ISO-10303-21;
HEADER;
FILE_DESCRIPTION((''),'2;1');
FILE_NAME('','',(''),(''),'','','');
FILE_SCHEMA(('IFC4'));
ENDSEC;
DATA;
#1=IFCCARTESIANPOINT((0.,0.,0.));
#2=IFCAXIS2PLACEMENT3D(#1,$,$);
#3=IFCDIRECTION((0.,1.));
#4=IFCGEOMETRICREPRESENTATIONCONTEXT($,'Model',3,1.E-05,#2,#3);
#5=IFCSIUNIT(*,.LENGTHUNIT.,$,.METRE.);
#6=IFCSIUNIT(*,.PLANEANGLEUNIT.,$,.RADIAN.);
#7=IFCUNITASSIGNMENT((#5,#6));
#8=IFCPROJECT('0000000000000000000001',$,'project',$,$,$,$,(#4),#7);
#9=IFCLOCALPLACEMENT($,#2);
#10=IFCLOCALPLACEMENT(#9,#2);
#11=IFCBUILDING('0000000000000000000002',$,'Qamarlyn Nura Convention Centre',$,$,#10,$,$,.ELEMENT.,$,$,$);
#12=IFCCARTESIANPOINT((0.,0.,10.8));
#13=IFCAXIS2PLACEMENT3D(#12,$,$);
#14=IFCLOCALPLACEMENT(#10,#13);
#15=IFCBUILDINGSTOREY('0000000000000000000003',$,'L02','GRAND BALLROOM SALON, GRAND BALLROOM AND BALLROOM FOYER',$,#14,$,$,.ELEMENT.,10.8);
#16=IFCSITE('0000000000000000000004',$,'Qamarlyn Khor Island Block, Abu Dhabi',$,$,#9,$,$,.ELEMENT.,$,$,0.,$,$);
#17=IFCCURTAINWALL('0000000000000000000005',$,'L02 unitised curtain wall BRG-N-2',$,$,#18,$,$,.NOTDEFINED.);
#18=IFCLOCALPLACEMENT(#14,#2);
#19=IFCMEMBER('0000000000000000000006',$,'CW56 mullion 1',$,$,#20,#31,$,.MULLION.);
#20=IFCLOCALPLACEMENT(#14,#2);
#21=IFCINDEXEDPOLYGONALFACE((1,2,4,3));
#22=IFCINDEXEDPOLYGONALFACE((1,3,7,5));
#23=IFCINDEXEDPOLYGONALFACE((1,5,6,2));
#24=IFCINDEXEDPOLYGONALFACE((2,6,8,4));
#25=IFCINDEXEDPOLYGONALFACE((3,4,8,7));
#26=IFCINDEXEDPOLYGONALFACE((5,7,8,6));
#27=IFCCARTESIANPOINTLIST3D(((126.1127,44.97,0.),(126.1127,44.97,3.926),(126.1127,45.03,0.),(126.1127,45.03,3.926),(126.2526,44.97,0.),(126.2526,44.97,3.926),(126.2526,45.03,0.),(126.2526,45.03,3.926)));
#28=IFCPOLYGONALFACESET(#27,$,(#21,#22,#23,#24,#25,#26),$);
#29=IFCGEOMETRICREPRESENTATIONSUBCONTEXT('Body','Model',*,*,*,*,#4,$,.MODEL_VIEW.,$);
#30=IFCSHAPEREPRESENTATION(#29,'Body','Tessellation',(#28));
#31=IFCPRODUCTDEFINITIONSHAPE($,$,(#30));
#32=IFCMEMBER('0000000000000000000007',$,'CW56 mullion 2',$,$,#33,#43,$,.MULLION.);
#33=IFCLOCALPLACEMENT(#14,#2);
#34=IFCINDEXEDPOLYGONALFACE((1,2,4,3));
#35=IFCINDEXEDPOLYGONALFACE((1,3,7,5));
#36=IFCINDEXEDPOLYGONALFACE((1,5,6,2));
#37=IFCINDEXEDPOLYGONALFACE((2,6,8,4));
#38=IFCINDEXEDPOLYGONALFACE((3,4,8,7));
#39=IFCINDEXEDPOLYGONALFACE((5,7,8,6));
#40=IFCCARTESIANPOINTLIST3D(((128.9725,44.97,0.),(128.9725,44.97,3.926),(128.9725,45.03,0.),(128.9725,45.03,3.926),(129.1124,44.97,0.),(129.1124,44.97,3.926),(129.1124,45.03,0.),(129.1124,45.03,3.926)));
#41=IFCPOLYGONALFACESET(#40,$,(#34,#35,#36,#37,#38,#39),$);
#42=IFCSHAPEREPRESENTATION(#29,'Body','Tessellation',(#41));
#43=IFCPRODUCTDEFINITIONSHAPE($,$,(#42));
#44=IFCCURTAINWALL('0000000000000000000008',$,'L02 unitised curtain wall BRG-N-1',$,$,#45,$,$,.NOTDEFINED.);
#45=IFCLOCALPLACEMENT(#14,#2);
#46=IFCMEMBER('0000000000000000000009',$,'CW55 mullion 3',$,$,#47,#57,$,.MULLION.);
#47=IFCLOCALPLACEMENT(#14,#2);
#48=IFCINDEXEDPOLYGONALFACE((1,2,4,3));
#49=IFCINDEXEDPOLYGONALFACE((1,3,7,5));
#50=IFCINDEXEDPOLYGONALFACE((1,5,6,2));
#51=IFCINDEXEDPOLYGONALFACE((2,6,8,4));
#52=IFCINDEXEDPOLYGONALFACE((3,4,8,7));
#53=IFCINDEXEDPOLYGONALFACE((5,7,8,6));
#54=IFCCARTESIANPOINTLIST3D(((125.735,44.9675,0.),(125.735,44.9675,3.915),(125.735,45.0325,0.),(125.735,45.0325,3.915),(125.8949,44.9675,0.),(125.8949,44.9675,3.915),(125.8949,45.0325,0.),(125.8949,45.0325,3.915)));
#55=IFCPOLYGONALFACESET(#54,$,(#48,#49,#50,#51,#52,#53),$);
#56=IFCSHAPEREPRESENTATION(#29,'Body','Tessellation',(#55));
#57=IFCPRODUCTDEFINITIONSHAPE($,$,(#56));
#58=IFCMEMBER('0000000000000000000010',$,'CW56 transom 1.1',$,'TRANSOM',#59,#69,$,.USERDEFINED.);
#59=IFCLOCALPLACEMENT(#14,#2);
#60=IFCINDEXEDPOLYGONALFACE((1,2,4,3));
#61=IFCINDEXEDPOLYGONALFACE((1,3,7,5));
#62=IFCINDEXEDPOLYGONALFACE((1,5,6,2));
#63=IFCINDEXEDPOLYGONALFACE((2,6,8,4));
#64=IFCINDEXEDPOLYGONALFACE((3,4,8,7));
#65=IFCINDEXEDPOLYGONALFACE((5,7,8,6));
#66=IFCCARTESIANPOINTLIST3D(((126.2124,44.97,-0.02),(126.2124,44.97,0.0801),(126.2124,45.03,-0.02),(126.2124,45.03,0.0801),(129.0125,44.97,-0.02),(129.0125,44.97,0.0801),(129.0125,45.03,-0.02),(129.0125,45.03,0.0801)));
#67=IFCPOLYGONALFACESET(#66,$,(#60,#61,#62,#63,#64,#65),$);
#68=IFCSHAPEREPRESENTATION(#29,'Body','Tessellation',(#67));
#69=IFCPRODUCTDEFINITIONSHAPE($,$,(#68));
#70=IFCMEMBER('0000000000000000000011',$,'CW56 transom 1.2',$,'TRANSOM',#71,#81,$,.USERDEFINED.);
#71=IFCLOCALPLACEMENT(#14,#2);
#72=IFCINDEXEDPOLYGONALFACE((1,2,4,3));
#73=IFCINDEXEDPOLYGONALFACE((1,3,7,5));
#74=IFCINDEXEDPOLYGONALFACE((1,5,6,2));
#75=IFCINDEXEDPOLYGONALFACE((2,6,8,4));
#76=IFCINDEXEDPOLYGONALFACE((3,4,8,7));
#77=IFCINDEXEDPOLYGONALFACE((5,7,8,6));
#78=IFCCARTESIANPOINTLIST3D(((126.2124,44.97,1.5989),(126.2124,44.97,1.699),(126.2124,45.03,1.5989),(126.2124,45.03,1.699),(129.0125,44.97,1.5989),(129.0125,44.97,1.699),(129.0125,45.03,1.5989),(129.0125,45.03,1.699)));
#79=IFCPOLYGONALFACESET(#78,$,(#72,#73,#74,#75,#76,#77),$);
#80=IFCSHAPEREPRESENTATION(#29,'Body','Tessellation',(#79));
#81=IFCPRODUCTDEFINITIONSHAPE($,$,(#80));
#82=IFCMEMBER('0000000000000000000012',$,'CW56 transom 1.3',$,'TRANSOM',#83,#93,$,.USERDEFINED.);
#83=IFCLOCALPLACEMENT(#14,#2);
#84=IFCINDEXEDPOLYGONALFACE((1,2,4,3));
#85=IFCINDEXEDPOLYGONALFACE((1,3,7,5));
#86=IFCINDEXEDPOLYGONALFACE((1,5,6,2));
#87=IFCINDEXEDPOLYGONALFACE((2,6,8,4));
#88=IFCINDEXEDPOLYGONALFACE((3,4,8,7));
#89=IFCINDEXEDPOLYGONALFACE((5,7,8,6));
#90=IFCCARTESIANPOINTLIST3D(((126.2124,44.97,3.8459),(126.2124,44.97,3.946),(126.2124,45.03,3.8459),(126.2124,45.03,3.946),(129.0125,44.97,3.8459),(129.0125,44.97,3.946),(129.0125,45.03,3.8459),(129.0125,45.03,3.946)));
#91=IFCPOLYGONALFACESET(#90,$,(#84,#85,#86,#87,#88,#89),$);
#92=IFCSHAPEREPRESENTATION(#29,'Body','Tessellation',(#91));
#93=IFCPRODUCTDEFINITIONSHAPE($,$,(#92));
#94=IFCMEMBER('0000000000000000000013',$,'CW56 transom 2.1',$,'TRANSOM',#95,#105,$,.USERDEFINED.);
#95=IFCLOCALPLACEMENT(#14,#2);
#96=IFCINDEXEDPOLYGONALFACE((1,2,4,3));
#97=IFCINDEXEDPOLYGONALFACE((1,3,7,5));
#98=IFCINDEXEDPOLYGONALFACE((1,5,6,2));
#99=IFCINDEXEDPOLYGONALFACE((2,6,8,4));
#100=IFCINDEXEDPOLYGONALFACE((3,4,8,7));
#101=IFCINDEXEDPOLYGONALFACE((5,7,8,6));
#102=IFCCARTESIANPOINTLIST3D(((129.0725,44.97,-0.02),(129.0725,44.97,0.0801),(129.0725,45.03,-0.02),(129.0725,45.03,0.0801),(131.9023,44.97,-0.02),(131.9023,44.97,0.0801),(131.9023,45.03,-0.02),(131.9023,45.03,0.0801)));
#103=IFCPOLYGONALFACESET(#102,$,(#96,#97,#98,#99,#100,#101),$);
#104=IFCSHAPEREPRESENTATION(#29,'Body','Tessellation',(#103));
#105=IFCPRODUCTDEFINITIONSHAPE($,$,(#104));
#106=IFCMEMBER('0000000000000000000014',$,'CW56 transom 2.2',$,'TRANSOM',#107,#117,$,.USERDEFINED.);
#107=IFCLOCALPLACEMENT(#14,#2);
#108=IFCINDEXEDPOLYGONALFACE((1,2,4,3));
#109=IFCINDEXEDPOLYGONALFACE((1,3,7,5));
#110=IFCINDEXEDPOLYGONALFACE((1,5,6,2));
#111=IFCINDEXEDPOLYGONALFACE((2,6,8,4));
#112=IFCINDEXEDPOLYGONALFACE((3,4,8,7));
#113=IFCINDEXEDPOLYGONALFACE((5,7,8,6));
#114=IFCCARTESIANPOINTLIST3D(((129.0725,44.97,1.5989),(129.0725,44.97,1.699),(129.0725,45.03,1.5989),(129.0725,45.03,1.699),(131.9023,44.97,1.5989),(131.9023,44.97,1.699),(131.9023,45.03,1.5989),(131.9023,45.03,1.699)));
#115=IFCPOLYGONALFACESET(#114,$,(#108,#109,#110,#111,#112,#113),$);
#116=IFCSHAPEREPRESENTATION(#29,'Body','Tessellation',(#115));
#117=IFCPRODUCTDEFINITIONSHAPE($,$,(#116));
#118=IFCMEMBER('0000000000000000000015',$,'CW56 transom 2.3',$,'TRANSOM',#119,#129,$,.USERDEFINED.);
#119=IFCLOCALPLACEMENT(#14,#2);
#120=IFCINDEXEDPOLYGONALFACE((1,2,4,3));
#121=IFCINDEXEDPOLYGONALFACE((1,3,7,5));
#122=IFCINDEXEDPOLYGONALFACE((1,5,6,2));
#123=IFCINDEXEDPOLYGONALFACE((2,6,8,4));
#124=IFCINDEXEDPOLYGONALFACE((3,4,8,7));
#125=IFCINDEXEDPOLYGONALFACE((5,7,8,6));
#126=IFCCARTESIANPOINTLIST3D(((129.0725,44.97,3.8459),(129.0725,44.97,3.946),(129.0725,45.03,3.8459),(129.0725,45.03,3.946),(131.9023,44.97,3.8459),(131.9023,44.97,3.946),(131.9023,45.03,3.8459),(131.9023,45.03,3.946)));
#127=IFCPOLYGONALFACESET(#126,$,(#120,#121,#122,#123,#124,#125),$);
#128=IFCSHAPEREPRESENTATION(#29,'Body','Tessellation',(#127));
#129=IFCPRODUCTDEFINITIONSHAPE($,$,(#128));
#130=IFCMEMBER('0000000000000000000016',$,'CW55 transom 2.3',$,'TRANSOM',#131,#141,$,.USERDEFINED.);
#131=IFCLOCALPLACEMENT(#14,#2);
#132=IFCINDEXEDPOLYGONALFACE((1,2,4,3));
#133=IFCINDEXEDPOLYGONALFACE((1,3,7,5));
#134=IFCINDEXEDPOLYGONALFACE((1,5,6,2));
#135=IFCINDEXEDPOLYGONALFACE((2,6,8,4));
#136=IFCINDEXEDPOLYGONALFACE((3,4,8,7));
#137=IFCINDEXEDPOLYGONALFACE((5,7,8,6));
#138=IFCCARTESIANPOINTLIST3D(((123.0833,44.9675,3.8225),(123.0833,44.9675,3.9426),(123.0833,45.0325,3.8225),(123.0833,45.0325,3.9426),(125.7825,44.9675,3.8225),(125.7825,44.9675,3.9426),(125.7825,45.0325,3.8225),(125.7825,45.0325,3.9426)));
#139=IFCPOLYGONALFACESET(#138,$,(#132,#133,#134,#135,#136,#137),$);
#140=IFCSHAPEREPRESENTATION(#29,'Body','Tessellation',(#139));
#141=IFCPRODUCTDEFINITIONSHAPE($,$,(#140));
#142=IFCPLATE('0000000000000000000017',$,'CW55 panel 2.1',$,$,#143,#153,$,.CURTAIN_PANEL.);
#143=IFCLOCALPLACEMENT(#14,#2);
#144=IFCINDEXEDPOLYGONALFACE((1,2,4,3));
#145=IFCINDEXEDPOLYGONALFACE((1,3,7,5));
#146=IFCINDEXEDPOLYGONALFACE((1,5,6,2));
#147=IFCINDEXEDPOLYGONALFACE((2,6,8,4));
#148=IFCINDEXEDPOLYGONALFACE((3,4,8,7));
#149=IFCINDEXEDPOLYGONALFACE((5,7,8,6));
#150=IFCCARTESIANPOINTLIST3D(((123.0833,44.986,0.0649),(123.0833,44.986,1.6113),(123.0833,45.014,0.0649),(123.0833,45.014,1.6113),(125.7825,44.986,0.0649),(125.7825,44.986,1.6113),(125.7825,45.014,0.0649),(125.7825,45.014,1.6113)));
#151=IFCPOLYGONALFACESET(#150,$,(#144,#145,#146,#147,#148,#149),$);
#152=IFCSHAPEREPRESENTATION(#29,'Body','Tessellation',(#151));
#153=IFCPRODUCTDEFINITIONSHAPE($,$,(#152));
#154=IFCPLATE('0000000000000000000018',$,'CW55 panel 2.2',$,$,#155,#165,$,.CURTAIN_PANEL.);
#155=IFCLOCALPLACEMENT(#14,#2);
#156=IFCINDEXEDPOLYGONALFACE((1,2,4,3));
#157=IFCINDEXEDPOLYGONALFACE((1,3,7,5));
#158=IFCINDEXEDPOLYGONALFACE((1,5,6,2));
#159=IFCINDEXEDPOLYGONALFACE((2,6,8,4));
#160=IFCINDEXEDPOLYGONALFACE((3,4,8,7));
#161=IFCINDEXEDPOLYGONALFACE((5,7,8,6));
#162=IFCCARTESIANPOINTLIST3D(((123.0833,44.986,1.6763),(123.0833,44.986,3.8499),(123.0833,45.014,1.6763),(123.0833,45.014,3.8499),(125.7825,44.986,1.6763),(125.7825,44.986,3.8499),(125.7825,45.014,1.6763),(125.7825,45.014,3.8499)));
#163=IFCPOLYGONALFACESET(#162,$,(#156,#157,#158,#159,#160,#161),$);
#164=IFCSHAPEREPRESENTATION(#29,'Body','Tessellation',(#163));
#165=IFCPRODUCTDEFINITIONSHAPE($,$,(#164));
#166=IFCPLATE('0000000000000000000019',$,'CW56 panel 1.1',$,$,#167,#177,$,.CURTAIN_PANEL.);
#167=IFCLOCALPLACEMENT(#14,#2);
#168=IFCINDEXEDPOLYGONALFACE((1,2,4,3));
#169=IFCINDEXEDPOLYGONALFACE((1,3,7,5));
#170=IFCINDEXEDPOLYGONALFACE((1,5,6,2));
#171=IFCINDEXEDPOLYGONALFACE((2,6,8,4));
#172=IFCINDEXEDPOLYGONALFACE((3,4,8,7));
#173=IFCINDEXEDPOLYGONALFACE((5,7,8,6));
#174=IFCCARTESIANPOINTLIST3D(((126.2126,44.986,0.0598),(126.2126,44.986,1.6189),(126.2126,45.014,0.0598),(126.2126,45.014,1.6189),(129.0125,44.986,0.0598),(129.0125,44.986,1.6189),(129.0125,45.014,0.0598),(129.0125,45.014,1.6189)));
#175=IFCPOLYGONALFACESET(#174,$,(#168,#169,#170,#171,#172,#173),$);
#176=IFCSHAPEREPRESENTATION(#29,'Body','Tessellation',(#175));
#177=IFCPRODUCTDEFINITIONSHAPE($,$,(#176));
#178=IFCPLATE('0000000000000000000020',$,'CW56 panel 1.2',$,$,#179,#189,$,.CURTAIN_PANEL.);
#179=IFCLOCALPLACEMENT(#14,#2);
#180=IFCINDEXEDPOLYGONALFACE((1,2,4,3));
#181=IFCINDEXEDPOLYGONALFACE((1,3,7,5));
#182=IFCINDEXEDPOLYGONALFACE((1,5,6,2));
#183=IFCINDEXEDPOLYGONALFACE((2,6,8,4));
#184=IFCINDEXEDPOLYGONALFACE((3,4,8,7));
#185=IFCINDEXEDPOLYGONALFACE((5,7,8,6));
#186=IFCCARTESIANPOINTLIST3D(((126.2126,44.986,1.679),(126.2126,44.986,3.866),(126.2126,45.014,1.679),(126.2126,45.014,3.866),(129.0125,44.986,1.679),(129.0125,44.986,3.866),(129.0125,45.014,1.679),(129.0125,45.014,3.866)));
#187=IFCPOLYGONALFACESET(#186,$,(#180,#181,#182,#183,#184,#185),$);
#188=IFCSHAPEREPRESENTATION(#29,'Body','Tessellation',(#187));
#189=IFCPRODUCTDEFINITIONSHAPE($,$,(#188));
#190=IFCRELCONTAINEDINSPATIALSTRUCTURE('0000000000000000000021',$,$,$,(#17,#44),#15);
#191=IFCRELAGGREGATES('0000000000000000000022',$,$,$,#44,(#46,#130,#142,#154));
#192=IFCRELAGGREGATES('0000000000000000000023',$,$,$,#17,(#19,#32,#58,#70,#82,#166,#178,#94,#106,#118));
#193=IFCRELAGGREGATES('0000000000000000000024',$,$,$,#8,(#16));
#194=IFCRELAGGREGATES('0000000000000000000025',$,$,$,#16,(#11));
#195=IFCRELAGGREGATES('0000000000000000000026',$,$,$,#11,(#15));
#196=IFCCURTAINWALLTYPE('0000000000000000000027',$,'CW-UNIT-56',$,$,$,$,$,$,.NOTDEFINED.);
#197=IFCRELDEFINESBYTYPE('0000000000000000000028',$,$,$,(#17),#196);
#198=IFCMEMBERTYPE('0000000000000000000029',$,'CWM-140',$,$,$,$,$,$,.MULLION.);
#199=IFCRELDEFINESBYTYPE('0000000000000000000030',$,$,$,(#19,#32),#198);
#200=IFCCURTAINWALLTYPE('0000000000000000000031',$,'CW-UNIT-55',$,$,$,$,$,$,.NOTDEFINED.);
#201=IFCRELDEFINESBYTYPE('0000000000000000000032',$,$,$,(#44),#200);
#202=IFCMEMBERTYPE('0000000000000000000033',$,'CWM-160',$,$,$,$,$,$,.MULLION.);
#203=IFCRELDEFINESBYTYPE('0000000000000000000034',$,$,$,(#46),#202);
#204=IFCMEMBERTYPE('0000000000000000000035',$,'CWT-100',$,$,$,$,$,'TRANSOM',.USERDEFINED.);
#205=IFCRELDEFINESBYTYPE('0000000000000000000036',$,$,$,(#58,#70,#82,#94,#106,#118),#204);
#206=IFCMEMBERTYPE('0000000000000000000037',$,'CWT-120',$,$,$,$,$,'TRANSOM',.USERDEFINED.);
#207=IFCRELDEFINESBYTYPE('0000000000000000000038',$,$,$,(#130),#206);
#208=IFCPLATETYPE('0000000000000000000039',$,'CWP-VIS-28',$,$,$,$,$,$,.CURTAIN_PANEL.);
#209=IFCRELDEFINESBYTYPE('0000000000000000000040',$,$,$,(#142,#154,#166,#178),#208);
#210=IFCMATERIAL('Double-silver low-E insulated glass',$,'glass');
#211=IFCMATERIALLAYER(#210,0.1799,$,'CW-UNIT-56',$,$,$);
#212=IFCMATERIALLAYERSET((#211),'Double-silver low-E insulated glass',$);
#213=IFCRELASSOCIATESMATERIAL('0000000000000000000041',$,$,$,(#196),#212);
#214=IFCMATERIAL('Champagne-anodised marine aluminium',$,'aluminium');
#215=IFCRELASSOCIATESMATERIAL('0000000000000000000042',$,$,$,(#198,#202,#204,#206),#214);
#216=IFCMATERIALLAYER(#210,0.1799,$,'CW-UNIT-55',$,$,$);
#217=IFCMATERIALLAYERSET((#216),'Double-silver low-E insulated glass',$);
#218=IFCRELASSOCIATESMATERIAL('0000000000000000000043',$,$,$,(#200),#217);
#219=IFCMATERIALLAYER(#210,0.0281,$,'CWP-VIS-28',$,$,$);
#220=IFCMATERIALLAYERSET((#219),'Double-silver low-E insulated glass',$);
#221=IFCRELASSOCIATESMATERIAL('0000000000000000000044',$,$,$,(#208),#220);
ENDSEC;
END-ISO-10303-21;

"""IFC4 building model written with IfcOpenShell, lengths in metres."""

from ifc_helpers import new_model, si_unit, direction, frame, origin, origin_2d, place, context, subcontext, project, spatial, rectangle, extrude, material, layer, layer_set, material_profile, profile_set, type_object, element, aggregate, save


model = new_model("IFC4")

# Units and contexts
model_context = context("Model", 3, precision=1e-05, world=origin(), true_north=direction((0.0, 1.0)))
body_context = subcontext(model_context, "Body", "Model", "MODEL_VIEW")
ifc_project = project(units=[si_unit("LENGTHUNIT", "METRE"), si_unit("PLANEANGLEUNIT", "RADIAN")], contexts=[model_context])

# Site, building, storey
site_placement = place(None, origin())
site = spatial("IfcSite", under=ifc_project, at=site_placement, Name="Qamarlyn Khor Island Block, Abu Dhabi", CompositionType="ELEMENT", RefElevation=0.0)
building_placement = place(site_placement, origin())
building = spatial("IfcBuilding", under=site, at=building_placement, Name="Qamarlyn Nura Convention Centre", CompositionType="ELEMENT")
storey_placement = place(building_placement, frame((0.0, 0.0, 10.8)))
storey = spatial("IfcBuildingStorey", under=building, at=storey_placement, Name="L02", Description="GRAND BALLROOM SALON, GRAND BALLROOM AND BALLROOM FOYER", CompositionType="ELEMENT", Elevation=10.8)

# Curtain wall, members
ifc_material_1 = material(Name="Double-silver low-E insulated glass", Category="glass")
ifc_layer_1 = layer(ifc_material_1, 0.1799, Name="CW-UNIT-56")
ifc_layer_set_1 = layer_set([ifc_layer_1], Name="Double-silver low-E insulated glass")
curtain_wall_type_1 = type_object("IfcCurtainWallType", Name="CW-UNIT-56", PredefinedType="NOTDEFINED", material=ifc_layer_set_1)
curtain_wall_1_placement = place(storey_placement, origin())
curtain_wall_1 = element("IfcCurtainWall", 1, at=curtain_wall_1_placement, inside=storey, type_object=curtain_wall_type_1, Name="L02 unitised curtain wall BRG-N-2", PredefinedType="NOTDEFINED")
ifc_material_2 = material(Name="Champagne-anodised marine aluminium", Category="aluminium")
ifc_material_profile_1 = material_profile(ifc_material_2, rectangle(XDim=0.0601, YDim=0.1399, at=origin_2d()), Name="ALU MULLION 60x140")
ifc_profile_set_1 = profile_set([ifc_material_profile_1], Name="Champagne-anodised marine aluminium")
member_type_1 = type_object("IfcMemberType", Name="CWM-140", PredefinedType="MULLION", material=ifc_profile_set_1)
member_1_placement = place(storey_placement, frame((126.1826, 45.0, 0.0), z_axis=(0.0, 0.0, 1.0), x_axis=(0.0, 1.0, 0.0)))
member_1 = element("IfcMember", 2, at=member_1_placement, type_object=member_type_1, Name="CW56 mullion 1", PredefinedType="MULLION", context=body_context, shape_type="SweptSolid", body=[
    extrude(rectangle(XDim=0.0601, YDim=0.1399, at=origin_2d()), origin(), (0.0, 0.0, 1.0), 3.926),
])
member_2_placement = place(storey_placement, frame((129.0425, 45.0, 0.0), z_axis=(0.0, 0.0, 1.0), x_axis=(0.0, 1.0, 0.0)))
member_2 = element("IfcMember", 3, at=member_2_placement, type_object=member_type_1, Name="CW56 mullion 2", PredefinedType="MULLION", context=body_context, shape_type="SweptSolid", body=[
    extrude(rectangle(XDim=0.0601, YDim=0.1399, at=origin_2d()), origin(), (0.0, 0.0, 1.0), 3.926),
])

# Curtain wall, member
ifc_layer_2 = layer(ifc_material_1, 0.1799, Name="CW-UNIT-55")
ifc_layer_set_2 = layer_set([ifc_layer_2], Name="Double-silver low-E insulated glass")
curtain_wall_type_2 = type_object("IfcCurtainWallType", Name="CW-UNIT-55", PredefinedType="NOTDEFINED", material=ifc_layer_set_2)
curtain_wall_2_placement = place(storey_placement, origin())
curtain_wall_2 = element("IfcCurtainWall", 4, at=curtain_wall_2_placement, inside=storey, type_object=curtain_wall_type_2, Name="L02 unitised curtain wall BRG-N-1", PredefinedType="NOTDEFINED")
ifc_material_profile_2 = material_profile(ifc_material_2, rectangle(XDim=0.0649, YDim=0.1599, at=origin_2d()), Name="ALU MULLION 65x160")
ifc_profile_set_2 = profile_set([ifc_material_profile_2], Name="Champagne-anodised marine aluminium")
member_type_2 = type_object("IfcMemberType", Name="CWM-160", PredefinedType="MULLION", material=ifc_profile_set_2)
member_3_placement = place(storey_placement, frame((125.8149, 45.0, 0.0), z_axis=(0.0, 0.0, 1.0), x_axis=(0.0, 1.0, 0.0)))
member_3 = element("IfcMember", 5, at=member_3_placement, type_object=member_type_2, Name="CW55 mullion 3", PredefinedType="MULLION", context=body_context, shape_type="SweptSolid", body=[
    extrude(rectangle(XDim=0.0649, YDim=0.1599, at=origin_2d()), origin(), (0.0, 0.0, 1.0), 3.915),
])

# Members
ifc_material_profile_3 = material_profile(ifc_material_2, rectangle(XDim=0.0601, YDim=0.1001, at=origin_2d()), Name="ALU TRANSOM 60x100")
ifc_profile_set_3 = profile_set([ifc_material_profile_3], Name="Champagne-anodised marine aluminium")
member_type_3 = type_object("IfcMemberType", Name="CWT-100", ElementType="TRANSOM", PredefinedType="USERDEFINED", material=ifc_profile_set_3)
member_4_placement = place(storey_placement, frame((126.2124, 45.0, 0.03), z_axis=(1.0, 0.0, 0.0), x_axis=(0.0, 1.0, 0.0)))
member_4 = element("IfcMember", 6, at=member_4_placement, type_object=member_type_3, Name="CW56 transom 1.1", ObjectType="TRANSOM", PredefinedType="USERDEFINED", context=body_context, shape_type="SweptSolid", body=[
    extrude(rectangle(XDim=0.0601, YDim=0.1001, at=origin_2d()), origin(), (0.0, 0.0, 1.0), 2.8),
])
member_5_placement = place(storey_placement, frame((126.2124, 45.0, 1.6489), z_axis=(1.0, 0.0, 0.0), x_axis=(0.0, 1.0, 0.0)))
member_5 = element("IfcMember", 7, at=member_5_placement, type_object=member_type_3, Name="CW56 transom 1.2", ObjectType="TRANSOM", PredefinedType="USERDEFINED", context=body_context, shape_type="SweptSolid", body=[
    extrude(rectangle(XDim=0.0601, YDim=0.1001, at=origin_2d()), origin(), (0.0, 0.0, 1.0), 2.8),
])
member_6_placement = place(storey_placement, frame((126.2124, 45.0, 3.896), z_axis=(1.0, 0.0, 0.0), x_axis=(0.0, 1.0, 0.0)))
member_6 = element("IfcMember", 8, at=member_6_placement, type_object=member_type_3, Name="CW56 transom 1.3", ObjectType="TRANSOM", PredefinedType="USERDEFINED", context=body_context, shape_type="SweptSolid", body=[
    extrude(rectangle(XDim=0.0601, YDim=0.1001, at=origin_2d()), origin(), (0.0, 0.0, 1.0), 2.8),
])
member_7_placement = place(storey_placement, frame((129.0725, 45.0, 0.03), z_axis=(1.0, 0.0, 0.0), x_axis=(0.0, 1.0, 0.0)))
member_7 = element("IfcMember", 9, at=member_7_placement, type_object=member_type_3, Name="CW56 transom 2.1", ObjectType="TRANSOM", PredefinedType="USERDEFINED", context=body_context, shape_type="SweptSolid", body=[
    extrude(rectangle(XDim=0.0601, YDim=0.1001, at=origin_2d()), origin(), (0.0, 0.0, 1.0), 2.8298),
])
member_8_placement = place(storey_placement, frame((129.0725, 45.0, 1.6489), z_axis=(1.0, 0.0, 0.0), x_axis=(0.0, 1.0, 0.0)))
member_8 = element("IfcMember", 10, at=member_8_placement, type_object=member_type_3, Name="CW56 transom 2.2", ObjectType="TRANSOM", PredefinedType="USERDEFINED", context=body_context, shape_type="SweptSolid", body=[
    extrude(rectangle(XDim=0.0601, YDim=0.1001, at=origin_2d()), origin(), (0.0, 0.0, 1.0), 2.8298),
])
member_9_placement = place(storey_placement, frame((129.0725, 45.0, 3.896), z_axis=(1.0, 0.0, 0.0), x_axis=(0.0, 1.0, 0.0)))
member_9 = element("IfcMember", 11, at=member_9_placement, type_object=member_type_3, Name="CW56 transom 2.3", ObjectType="TRANSOM", PredefinedType="USERDEFINED", context=body_context, shape_type="SweptSolid", body=[
    extrude(rectangle(XDim=0.0601, YDim=0.1001, at=origin_2d()), origin(), (0.0, 0.0, 1.0), 2.8298),
])
ifc_material_profile_4 = material_profile(ifc_material_2, rectangle(XDim=0.0649, YDim=0.1201, at=origin_2d()), Name="ALU TRANSOM 65x120")
ifc_profile_set_4 = profile_set([ifc_material_profile_4], Name="Champagne-anodised marine aluminium")
member_type_4 = type_object("IfcMemberType", Name="CWT-120", ElementType="TRANSOM", PredefinedType="USERDEFINED", material=ifc_profile_set_4)
member_10_placement = place(storey_placement, frame((123.0833, 45.0, 3.8826), z_axis=(1.0, 0.0, 0.0), x_axis=(0.0, 1.0, 0.0)))
member_10 = element("IfcMember", 12, at=member_10_placement, type_object=member_type_4, Name="CW55 transom 2.3", ObjectType="TRANSOM", PredefinedType="USERDEFINED", context=body_context, shape_type="SweptSolid", body=[
    extrude(rectangle(XDim=0.0649, YDim=0.1201, at=origin_2d()), origin(), (0.0, 0.0, 1.0), 2.6992),
])

# Plates
ifc_layer_3 = layer(ifc_material_1, 0.0281, Name="CWP-VIS-28")
ifc_layer_set_3 = layer_set([ifc_layer_3], Name="Double-silver low-E insulated glass")
plate_type = type_object("IfcPlateType", Name="CWP-VIS-28", PredefinedType="CURTAIN_PANEL", material=ifc_layer_set_3)
plate_1_placement = place(storey_placement, frame((124.4329, 45.0, 0.0649), z_axis=(0.0, 0.0, 1.0), x_axis=(1.0, 0.0, 0.0)))
plate_1 = element("IfcPlate", 13, at=plate_1_placement, type_object=plate_type, Name="CW55 panel 2.1", PredefinedType="CURTAIN_PANEL", context=body_context, shape_type="SweptSolid", body=[
    extrude(rectangle(XDim=2.6992, YDim=0.0281, at=origin_2d()), origin(), (0.0, 0.0, 1.0), 1.5464),
])
plate_2_placement = place(storey_placement, frame((124.4329, 45.0, 1.6763), z_axis=(0.0, 0.0, 1.0), x_axis=(1.0, 0.0, 0.0)))
plate_2 = element("IfcPlate", 14, at=plate_2_placement, type_object=plate_type, Name="CW55 panel 2.2", PredefinedType="CURTAIN_PANEL", context=body_context, shape_type="SweptSolid", body=[
    extrude(rectangle(XDim=2.6992, YDim=0.0281, at=origin_2d()), origin(), (0.0, 0.0, 1.0), 2.1736),
])
aggregate(curtain_wall_2, [member_3, member_10, plate_1, plate_2])
plate_3_placement = place(storey_placement, frame((127.6125, 45.0, 0.0598), z_axis=(0.0, 0.0, 1.0), x_axis=(1.0, 0.0, 0.0)))
plate_3 = element("IfcPlate", 15, at=plate_3_placement, type_object=plate_type, Name="CW56 panel 1.1", PredefinedType="CURTAIN_PANEL", context=body_context, shape_type="SweptSolid", body=[
    extrude(rectangle(XDim=2.7998, YDim=0.0281, at=origin_2d()), origin(), (0.0, 0.0, 1.0), 1.5591),
])
plate_4_placement = place(storey_placement, frame((127.6125, 45.0, 1.679), z_axis=(0.0, 0.0, 1.0), x_axis=(1.0, 0.0, 0.0)))
plate_4 = element("IfcPlate", 16, at=plate_4_placement, type_object=plate_type, Name="CW56 panel 1.2", PredefinedType="CURTAIN_PANEL", context=body_context, shape_type="SweptSolid", body=[
    extrude(rectangle(XDim=2.7998, YDim=0.0281, at=origin_2d()), origin(), (0.0, 0.0, 1.0), 2.187),
])
aggregate(curtain_wall_1, [member_1, member_2, member_4, member_5, member_6, plate_3, plate_4, member_7, member_8, member_9])

save(model, "model.ifc")
